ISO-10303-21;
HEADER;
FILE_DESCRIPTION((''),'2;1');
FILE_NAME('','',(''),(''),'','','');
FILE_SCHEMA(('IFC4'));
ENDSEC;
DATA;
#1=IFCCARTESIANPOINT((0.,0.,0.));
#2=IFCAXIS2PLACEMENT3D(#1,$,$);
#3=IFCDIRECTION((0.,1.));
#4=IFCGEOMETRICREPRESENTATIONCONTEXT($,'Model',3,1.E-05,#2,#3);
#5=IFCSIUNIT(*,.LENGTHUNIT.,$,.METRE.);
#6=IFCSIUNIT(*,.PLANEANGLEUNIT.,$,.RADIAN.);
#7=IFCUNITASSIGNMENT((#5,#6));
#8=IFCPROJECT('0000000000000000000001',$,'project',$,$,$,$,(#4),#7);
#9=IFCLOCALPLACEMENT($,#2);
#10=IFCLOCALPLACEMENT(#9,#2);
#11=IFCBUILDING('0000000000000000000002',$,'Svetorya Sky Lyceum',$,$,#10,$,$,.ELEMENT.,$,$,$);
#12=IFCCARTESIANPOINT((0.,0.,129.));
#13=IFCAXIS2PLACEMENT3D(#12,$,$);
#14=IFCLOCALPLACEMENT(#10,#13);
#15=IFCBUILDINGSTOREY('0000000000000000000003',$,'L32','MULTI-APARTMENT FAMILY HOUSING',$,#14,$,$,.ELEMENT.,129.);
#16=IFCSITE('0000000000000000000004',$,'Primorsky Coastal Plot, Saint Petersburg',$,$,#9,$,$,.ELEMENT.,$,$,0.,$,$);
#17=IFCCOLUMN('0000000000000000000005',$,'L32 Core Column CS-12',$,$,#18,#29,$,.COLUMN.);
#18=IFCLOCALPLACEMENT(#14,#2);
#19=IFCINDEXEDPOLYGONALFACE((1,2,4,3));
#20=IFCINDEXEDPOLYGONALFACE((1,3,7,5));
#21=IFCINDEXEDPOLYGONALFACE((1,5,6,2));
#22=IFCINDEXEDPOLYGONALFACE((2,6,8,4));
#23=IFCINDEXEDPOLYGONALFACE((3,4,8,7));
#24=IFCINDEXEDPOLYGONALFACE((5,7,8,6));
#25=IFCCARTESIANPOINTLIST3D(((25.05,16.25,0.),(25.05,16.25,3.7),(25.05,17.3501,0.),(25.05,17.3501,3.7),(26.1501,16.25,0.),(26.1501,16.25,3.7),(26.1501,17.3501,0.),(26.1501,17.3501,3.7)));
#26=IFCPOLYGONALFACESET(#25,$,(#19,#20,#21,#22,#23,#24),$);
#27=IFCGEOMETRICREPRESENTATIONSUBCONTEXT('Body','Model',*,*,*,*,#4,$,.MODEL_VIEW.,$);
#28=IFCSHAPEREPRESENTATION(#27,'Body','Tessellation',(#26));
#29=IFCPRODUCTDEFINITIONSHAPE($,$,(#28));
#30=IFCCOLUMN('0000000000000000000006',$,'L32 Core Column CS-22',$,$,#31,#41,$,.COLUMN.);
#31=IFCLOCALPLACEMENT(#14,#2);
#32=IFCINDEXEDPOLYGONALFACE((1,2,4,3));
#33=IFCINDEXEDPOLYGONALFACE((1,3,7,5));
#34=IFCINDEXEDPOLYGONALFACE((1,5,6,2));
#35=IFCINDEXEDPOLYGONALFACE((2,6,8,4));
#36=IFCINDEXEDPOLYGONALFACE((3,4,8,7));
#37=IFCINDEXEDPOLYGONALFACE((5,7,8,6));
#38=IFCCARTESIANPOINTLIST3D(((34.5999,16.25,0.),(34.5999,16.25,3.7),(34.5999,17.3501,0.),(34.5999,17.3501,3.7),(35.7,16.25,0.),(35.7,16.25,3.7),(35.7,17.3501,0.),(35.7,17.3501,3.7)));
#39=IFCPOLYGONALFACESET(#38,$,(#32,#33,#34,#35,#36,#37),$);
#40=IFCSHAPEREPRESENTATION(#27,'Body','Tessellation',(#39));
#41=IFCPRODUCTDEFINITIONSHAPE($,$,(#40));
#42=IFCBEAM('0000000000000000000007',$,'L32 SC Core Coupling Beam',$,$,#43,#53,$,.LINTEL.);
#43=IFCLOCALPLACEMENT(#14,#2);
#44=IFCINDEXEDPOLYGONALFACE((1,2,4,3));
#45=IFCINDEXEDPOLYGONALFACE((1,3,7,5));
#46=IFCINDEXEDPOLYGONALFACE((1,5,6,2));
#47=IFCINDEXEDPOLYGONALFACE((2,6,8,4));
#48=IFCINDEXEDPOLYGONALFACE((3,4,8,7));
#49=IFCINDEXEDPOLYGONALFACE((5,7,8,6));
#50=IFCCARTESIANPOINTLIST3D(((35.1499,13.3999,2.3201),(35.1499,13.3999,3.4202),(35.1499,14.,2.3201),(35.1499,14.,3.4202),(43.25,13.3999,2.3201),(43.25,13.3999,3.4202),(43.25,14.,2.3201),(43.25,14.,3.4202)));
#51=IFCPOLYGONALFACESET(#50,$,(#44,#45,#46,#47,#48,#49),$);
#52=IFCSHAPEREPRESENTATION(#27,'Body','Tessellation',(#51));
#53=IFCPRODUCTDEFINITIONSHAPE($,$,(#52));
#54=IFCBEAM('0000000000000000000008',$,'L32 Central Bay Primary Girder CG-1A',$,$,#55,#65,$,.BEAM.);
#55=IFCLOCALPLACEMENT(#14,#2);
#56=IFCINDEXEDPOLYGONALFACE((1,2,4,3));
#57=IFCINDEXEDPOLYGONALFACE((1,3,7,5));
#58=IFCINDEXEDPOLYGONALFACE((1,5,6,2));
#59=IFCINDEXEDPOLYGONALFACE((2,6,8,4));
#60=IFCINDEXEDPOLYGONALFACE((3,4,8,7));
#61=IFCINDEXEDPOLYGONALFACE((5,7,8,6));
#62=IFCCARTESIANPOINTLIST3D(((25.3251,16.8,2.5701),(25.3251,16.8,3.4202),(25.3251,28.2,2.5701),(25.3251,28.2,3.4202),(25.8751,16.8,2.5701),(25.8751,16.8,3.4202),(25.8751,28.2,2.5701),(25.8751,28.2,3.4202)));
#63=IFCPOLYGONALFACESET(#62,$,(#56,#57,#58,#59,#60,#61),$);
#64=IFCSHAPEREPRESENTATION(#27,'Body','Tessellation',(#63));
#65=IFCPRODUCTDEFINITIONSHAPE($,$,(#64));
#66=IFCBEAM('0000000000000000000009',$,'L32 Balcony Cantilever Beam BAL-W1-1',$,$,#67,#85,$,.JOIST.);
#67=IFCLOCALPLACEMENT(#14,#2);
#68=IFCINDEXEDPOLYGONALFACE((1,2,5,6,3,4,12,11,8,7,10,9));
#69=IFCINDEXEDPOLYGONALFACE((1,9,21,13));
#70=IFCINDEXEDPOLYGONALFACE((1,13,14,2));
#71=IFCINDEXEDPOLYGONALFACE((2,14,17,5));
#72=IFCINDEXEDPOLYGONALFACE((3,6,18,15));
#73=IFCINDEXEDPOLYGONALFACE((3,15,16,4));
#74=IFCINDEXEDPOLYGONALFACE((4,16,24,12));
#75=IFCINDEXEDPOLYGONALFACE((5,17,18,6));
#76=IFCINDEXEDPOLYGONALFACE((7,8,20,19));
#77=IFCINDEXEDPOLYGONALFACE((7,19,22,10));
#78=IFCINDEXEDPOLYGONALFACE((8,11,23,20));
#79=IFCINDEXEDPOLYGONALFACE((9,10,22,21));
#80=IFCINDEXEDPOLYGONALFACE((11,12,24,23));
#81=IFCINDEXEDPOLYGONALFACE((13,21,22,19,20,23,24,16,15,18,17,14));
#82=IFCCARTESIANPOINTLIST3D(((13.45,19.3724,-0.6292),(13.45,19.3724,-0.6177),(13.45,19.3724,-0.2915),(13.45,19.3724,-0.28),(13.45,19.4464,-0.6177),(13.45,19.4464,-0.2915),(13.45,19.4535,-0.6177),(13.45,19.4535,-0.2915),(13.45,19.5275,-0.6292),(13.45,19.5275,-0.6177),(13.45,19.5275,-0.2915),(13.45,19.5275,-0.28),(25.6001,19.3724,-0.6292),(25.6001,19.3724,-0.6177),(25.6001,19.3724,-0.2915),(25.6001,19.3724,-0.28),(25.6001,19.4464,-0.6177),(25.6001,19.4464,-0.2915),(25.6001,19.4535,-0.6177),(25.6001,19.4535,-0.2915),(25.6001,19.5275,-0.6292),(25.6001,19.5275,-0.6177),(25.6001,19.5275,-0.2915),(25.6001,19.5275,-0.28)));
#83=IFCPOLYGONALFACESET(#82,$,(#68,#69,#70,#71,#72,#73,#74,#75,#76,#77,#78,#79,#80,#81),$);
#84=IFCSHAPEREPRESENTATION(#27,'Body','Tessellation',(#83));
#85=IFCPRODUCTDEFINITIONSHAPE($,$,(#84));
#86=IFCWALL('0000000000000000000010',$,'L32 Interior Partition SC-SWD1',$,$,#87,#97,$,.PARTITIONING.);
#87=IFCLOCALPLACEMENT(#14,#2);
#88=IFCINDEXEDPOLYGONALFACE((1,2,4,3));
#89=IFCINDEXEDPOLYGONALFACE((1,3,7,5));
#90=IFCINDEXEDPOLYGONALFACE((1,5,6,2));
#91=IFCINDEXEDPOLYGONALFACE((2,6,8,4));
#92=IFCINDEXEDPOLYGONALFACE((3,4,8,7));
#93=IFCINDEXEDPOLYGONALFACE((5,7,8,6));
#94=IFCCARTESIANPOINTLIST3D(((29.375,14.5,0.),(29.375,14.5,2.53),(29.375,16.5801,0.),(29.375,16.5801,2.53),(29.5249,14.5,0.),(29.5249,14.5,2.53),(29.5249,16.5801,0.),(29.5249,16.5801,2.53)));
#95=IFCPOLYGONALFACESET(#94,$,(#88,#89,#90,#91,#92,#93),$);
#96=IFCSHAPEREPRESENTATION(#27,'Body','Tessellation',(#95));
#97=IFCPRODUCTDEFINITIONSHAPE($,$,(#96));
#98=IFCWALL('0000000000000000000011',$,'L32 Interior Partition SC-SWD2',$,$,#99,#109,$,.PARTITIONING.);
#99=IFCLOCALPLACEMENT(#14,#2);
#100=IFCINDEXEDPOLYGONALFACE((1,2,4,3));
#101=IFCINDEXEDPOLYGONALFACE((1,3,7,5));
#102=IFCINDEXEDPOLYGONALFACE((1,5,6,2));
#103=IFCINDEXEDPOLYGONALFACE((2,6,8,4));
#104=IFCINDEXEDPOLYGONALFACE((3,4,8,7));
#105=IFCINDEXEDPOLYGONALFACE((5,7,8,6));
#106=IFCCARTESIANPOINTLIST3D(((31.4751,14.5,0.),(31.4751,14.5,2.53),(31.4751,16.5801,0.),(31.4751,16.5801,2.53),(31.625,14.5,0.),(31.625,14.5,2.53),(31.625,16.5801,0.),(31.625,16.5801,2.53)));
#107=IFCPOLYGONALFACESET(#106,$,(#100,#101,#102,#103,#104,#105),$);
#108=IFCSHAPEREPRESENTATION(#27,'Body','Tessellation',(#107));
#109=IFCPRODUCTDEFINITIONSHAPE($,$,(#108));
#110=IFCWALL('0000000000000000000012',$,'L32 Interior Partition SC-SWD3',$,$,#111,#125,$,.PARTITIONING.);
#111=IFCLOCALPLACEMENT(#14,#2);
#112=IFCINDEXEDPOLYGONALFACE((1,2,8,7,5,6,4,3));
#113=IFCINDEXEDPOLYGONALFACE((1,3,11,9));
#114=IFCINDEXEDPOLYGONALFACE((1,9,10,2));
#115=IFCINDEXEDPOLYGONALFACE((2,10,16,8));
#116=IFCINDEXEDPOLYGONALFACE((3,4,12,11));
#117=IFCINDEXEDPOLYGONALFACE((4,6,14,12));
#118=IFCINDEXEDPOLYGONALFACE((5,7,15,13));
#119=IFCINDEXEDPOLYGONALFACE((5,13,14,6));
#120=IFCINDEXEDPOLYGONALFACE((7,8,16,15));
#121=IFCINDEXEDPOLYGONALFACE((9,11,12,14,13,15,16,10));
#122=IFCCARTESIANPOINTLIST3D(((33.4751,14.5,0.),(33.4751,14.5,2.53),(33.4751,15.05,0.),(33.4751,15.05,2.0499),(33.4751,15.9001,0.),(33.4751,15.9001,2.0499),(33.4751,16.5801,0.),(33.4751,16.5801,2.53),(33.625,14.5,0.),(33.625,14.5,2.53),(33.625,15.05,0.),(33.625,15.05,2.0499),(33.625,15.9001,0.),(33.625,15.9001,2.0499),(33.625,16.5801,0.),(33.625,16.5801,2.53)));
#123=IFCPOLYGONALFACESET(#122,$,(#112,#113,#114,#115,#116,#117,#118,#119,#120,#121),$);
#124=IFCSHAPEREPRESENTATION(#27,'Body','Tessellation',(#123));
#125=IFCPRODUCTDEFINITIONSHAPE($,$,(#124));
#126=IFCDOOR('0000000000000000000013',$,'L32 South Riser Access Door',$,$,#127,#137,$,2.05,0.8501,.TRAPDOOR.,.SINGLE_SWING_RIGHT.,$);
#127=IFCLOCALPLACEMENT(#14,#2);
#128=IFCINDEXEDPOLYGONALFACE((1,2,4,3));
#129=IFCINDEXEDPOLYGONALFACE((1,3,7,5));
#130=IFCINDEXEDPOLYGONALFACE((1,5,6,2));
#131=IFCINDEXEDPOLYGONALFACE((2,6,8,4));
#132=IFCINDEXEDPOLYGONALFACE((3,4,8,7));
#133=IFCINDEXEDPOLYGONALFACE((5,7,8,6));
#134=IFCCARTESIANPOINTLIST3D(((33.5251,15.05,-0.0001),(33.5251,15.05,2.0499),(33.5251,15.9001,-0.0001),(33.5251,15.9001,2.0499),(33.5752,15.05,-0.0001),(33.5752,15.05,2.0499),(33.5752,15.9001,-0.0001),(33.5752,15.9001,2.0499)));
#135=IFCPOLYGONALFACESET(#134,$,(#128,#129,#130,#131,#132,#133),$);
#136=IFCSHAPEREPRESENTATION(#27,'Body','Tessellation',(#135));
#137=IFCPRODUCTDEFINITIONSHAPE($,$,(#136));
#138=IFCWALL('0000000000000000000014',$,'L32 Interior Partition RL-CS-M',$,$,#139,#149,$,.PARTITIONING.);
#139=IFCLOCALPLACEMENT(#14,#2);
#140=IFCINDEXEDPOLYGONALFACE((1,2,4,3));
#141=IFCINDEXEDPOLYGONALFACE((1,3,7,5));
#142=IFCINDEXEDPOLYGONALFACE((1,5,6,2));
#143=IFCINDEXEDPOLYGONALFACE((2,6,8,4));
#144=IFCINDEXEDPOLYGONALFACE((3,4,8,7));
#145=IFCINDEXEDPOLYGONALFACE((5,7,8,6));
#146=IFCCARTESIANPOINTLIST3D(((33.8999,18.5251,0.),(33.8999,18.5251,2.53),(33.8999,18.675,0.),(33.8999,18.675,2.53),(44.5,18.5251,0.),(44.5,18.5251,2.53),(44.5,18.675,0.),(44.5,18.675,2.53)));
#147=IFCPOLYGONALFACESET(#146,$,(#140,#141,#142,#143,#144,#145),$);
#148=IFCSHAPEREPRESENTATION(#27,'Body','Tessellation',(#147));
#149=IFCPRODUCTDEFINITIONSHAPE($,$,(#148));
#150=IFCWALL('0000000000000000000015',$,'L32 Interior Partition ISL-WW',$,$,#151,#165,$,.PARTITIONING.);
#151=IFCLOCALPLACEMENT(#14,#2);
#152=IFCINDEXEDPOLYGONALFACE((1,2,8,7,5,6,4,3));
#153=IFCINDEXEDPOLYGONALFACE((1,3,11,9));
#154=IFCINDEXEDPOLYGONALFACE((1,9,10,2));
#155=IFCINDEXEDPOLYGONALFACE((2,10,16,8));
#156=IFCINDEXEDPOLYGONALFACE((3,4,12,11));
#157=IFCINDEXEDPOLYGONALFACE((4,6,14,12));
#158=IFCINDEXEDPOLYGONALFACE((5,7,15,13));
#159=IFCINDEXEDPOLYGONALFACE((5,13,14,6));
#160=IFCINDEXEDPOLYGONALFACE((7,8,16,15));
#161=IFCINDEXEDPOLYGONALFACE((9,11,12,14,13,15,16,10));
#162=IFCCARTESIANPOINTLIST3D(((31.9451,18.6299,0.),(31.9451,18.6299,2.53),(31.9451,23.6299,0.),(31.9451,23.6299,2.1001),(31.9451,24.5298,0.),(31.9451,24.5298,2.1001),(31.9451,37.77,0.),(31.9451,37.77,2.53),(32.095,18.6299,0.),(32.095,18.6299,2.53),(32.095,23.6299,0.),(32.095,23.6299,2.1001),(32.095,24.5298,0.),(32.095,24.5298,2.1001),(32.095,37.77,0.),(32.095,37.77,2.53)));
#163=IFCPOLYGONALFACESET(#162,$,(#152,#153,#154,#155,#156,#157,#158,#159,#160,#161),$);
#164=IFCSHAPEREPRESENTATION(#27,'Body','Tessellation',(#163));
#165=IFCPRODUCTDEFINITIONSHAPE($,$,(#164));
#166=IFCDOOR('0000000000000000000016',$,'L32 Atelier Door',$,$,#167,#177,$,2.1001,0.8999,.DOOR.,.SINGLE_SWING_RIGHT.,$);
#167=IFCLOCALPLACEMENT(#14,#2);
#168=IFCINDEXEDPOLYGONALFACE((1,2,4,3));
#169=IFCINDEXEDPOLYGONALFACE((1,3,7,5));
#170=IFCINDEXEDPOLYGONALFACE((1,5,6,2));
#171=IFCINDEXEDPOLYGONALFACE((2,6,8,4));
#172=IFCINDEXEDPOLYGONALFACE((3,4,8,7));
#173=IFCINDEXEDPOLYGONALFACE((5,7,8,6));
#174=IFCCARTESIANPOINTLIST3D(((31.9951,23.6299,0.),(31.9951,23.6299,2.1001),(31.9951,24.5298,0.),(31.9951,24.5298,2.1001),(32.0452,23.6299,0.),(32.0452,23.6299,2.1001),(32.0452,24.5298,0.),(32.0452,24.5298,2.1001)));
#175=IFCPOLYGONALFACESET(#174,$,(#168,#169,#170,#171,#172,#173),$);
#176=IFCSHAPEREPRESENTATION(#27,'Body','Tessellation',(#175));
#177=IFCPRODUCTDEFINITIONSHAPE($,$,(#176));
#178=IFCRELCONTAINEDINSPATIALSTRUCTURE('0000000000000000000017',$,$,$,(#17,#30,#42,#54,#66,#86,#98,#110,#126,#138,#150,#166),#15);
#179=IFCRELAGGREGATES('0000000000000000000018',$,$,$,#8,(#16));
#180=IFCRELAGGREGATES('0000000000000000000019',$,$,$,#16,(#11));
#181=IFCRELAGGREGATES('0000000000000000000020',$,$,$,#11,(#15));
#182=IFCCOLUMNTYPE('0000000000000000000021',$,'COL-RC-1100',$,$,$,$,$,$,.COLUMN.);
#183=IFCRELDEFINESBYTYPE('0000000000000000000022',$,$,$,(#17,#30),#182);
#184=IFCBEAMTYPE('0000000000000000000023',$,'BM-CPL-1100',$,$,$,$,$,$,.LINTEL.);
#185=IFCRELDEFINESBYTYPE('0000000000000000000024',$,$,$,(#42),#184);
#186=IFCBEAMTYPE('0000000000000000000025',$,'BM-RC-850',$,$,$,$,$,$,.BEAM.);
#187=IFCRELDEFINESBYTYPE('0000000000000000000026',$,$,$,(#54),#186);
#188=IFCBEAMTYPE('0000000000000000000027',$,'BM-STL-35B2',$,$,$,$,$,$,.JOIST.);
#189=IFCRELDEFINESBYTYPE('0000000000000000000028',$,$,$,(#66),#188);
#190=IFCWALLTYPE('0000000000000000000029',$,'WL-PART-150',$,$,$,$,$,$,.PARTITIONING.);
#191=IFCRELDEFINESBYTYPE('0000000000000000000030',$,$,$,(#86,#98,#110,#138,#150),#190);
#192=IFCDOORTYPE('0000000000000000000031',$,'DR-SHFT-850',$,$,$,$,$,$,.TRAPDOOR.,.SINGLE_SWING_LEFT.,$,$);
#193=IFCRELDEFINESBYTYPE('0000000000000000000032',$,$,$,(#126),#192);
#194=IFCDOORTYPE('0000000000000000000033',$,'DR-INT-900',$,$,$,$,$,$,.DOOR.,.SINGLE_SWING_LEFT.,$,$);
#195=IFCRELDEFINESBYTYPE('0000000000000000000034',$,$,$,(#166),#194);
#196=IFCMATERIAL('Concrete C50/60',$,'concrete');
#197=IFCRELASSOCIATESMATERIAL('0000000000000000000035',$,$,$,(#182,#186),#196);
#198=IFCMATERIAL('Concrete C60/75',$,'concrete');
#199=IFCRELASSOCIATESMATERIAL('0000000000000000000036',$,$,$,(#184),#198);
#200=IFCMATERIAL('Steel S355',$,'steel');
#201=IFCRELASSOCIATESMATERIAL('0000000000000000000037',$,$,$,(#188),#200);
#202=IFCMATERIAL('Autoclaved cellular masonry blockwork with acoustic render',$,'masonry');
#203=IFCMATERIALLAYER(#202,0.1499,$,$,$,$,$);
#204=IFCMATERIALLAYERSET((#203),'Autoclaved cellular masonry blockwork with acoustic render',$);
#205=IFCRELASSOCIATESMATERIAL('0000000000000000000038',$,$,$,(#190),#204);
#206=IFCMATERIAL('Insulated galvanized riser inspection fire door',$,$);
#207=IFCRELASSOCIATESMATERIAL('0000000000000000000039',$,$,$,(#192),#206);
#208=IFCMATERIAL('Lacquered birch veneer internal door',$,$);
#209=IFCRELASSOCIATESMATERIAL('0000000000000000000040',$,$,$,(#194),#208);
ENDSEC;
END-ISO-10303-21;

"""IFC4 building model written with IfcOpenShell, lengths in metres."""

from ifc_helpers import new_model, si_unit, direction, frame, frame_2d, origin, origin_2d, place, context, subcontext, project, spatial, rectangle, i_section, extrude, material, layer, layer_set, material_profile, profile_set, type_object, element, fill, save


model = new_model("IFC4")

# Units and contexts
model_context = context("Model", 3, precision=1e-05, world=origin(), true_north=direction((0.0, 1.0)))
body_context = subcontext(model_context, "Body", "Model", "MODEL_VIEW")
ifc_project = project(units=[si_unit("LENGTHUNIT", "METRE"), si_unit("PLANEANGLEUNIT", "RADIAN")], contexts=[model_context])

# Site, building, storey
site_placement = place(None, origin())
site = spatial("IfcSite", under=ifc_project, at=site_placement, Name="Primorsky Coastal Plot, Saint Petersburg", CompositionType="ELEMENT", RefElevation=0.0)
building_placement = place(site_placement, origin())
building = spatial("IfcBuilding", under=site, at=building_placement, Name="Svetorya Sky Lyceum", CompositionType="ELEMENT")
storey_placement = place(building_placement, frame((0.0, 0.0, 129.0)))
storey = spatial("IfcBuildingStorey", under=building, at=storey_placement, Name="L32", Description="MULTI-APARTMENT FAMILY HOUSING", CompositionType="ELEMENT", Elevation=129.0)

# Columns
ifc_material_1 = material(Name="Concrete C50/60", Category="concrete")
ifc_material_profile_1 = material_profile(ifc_material_1, rectangle(XDim=1.1001, YDim=1.1001, at=origin_2d()), Name="RC COL 1100x1100")
ifc_profile_set_1 = profile_set([ifc_material_profile_1], Name="Concrete C50/60")
column_type = type_object("IfcColumnType", Name="COL-RC-1100", PredefinedType="COLUMN", material=ifc_profile_set_1)
for number, where, z_axis, x_axis, name in (
    (1, (25.6001, 16.8, 0.0), (0.0, 0.0, 1.0), (1.0, 0.0, 0.0), "L32 Core Column CS-12"),
    (2, (35.1499, 16.8, 0.0), (0.0, 0.0, 1.0), (1.0, 0.0, 0.0), "L32 Core Column CS-22"),
):
    element("IfcColumn", number, at=place(storey_placement, frame(where, z_axis=z_axis, x_axis=x_axis)), inside=storey, type_object=column_type, Name=name, PredefinedType="COLUMN", context=body_context, shape_type="SweptSolid", body=[
        extrude(rectangle(XDim=1.1001, YDim=1.1001, at=origin_2d()), origin(), (0.0, 0.0, 1.0), 3.7),
    ])

# Beams
ifc_material_2 = material(Name="Concrete C60/75", Category="concrete")
ifc_material_profile_2 = material_profile(ifc_material_2, rectangle(XDim=0.6001, YDim=1.1001, at=origin_2d()), Name="RC COUPLING 600x1100")
ifc_profile_set_2 = profile_set([ifc_material_profile_2], Name="Concrete C60/75")
beam_type_1 = type_object("IfcBeamType", Name="BM-CPL-1100", PredefinedType="LINTEL", material=ifc_profile_set_2)
beam_1_placement = place(storey_placement, frame((35.1499, 13.7, 2.8701), z_axis=(1.0, 0.0, 0.0), x_axis=(0.0, 1.0, 0.0)))
element("IfcBeam", 3, at=beam_1_placement, inside=storey, type_object=beam_type_1, Name="L32 SC Core Coupling Beam", PredefinedType="LINTEL", context=body_context, shape_type="SweptSolid", body=[
    extrude(rectangle(XDim=0.6001, YDim=1.1001, at=origin_2d()), origin(), (0.0, 0.0, 1.0), 8.1001),
])
ifc_material_profile_3 = material_profile(ifc_material_1, rectangle(XDim=0.55, YDim=0.8501, at=origin_2d()), Name="RC BEAM 550x850")
ifc_profile_set_3 = profile_set([ifc_material_profile_3], Name="Concrete C50/60")
beam_type_2 = type_object("IfcBeamType", Name="BM-RC-850", PredefinedType="BEAM", material=ifc_profile_set_3)
beam_2_placement = place(storey_placement, frame((25.6001, 16.8, 2.9951), z_axis=(0.0, 1.0, 0.0), x_axis=(-1.0, 0.0, 0.0)))
element("IfcBeam", 4, at=beam_2_placement, inside=storey, type_object=beam_type_2, Name="L32 Central Bay Primary Girder CG-1A", PredefinedType="BEAM", context=body_context, shape_type="SweptSolid", body=[
    extrude(rectangle(XDim=0.55, YDim=0.8501, at=origin_2d()), origin(), (0.0, 0.0, 1.0), 11.3999),
])
ifc_material_3 = material(Name="Steel S355", Category="steel")
ifc_material_profile_4 = material_profile(ifc_material_3, i_section(OverallWidth=0.155, OverallDepth=0.3491, WebThickness=0.0071, FlangeThickness=0.0115, at=origin_2d()), Name="GOST 35B2")
ifc_profile_set_4 = profile_set([ifc_material_profile_4], Name="Steel S355")
beam_type_3 = type_object("IfcBeamType", Name="BM-STL-35B2", PredefinedType="JOIST", material=ifc_profile_set_4)
beam_3_placement = place(storey_placement, frame((25.6001, 19.45, -0.4546), z_axis=(-1.0, 0.0, 0.0), x_axis=(0.0, -1.0, 0.0)))
element("IfcBeam", 5, at=beam_3_placement, inside=storey, type_object=beam_type_3, Name="L32 Balcony Cantilever Beam BAL-W1-1", PredefinedType="JOIST", context=body_context, shape_type="SweptSolid", body=[
    extrude(i_section(OverallWidth=0.155, OverallDepth=0.3491, WebThickness=0.0071, FlangeThickness=0.0115, at=origin_2d()), origin(), (0.0, 0.0, 1.0), 12.1501),
])

# Walls
ifc_material_4 = material(Name="Autoclaved cellular masonry blockwork with acoustic render", Category="masonry")
ifc_layer_1 = layer(ifc_material_4, 0.1499)
ifc_layer_set_1 = layer_set([ifc_layer_1], Name="Autoclaved cellular masonry blockwork with acoustic render")
wall_type_1 = type_object("IfcWallType", Name="WL-PART-150", PredefinedType="PARTITIONING", material=ifc_layer_set_1)
for number, where, z_axis, x_axis, name in (
    (6, (29.45, 14.5, 0.0), (0.0, 0.0, 1.0), (0.0, 1.0, 0.0), "L32 Interior Partition SC-SWD1"),
    (7, (31.55, 14.5, 0.0), (0.0, 0.0, 1.0), (0.0, 1.0, 0.0), "L32 Interior Partition SC-SWD2"),
):
    element("IfcWall", number, at=place(storey_placement, frame(where, z_axis=z_axis, x_axis=x_axis)), inside=storey, type_object=wall_type_1, Name=name, PredefinedType="PARTITIONING", context=body_context, shape_type="SweptSolid", body=[
        extrude(rectangle(XDim=2.0801, YDim=0.1499, at=frame_2d((1.04, 0.0))), origin(), (0.0, 0.0, 1.0), 2.53),
    ])

# Wall, opening, door
wall_1_placement = place(storey_placement, frame((33.55, 14.5, 0.0), z_axis=(0.0, 0.0, 1.0), x_axis=(0.0, 1.0, 0.0)))
wall_1 = element("IfcWall", 8, at=wall_1_placement, inside=storey, type_object=wall_type_1, Name="L32 Interior Partition SC-SWD3", PredefinedType="PARTITIONING", context=body_context, shape_type="SweptSolid", body=[
    extrude(rectangle(XDim=2.0801, YDim=0.1499, at=frame_2d((1.04, 0.0))), origin(), (0.0, 0.0, 1.0), 2.53),
])
opening_1_placement = place(wall_1_placement, frame((0.55, 0.0, 0.0)))
opening_1 = element("IfcOpeningElement", 9, at=opening_1_placement, cuts=wall_1, PredefinedType="OPENING", context=body_context, shape_type="SweptSolid", body=[
    extrude(rectangle(XDim=0.8501, YDim=2.05, at=frame_2d((0.425, 1.0249))), frame((0.0, 0.085, 0.0), z_axis=(0.0, -1.0, 0.0), x_axis=(1.0, 0.0, 0.0)), (0.0, 0.0, 1.0), 0.1699),
])
ifc_material_5 = material(Name="Insulated galvanized riser inspection fire door")
door_type_1 = type_object("IfcDoorType", Name="DR-SHFT-850", OperationType="SINGLE_SWING_LEFT", PredefinedType="TRAPDOOR", material=ifc_material_5)
door_1_placement = place(opening_1_placement, origin())
door_1 = element("IfcDoor", 10, at=door_1_placement, inside=storey, type_object=door_type_1, Name="L32 South Riser Access Door", OperationType="SINGLE_SWING_RIGHT", OverallHeight=2.05, OverallWidth=0.8501, PredefinedType="TRAPDOOR", context=body_context, shape_type="SweptSolid", body=[
    extrude(rectangle(XDim=0.8501, YDim=2.05, at=frame_2d((0.425, 1.0249))), frame((0.0, 0.0249, 0.0), z_axis=(0.0, -1.0, 0.0), x_axis=(1.0, 0.0, 0.0)), (0.0, 0.0, 1.0), 0.05),
])
fill(opening_1, door_1)

# Wall
wall_2_placement = place(storey_placement, frame((33.8999, 18.6001, 0.0), z_axis=(0.0, 0.0, 1.0), x_axis=(1.0, 0.0, 0.0)))
element("IfcWall", 11, at=wall_2_placement, inside=storey, type_object=wall_type_1, Name="L32 Interior Partition RL-CS-M", PredefinedType="PARTITIONING", context=body_context, shape_type="SweptSolid", body=[
    extrude(rectangle(XDim=10.6001, YDim=0.1499, at=frame_2d((5.3, 0.0))), origin(), (0.0, 0.0, 1.0), 2.53),
])

# Wall, opening, door
wall_3_placement = place(storey_placement, frame((32.02, 18.6299, 0.0), z_axis=(0.0, 0.0, 1.0), x_axis=(0.0, 1.0, 0.0)))
wall_3 = element("IfcWall", 12, at=wall_3_placement, inside=storey, type_object=wall_type_1, Name="L32 Interior Partition ISL-WW", PredefinedType="PARTITIONING", context=body_context, shape_type="SweptSolid", body=[
    extrude(rectangle(XDim=19.1401, YDim=0.1499, at=frame_2d((9.5701, 0.0))), origin(), (0.0, 0.0, 1.0), 2.53),
])
opening_2_placement = place(wall_3_placement, frame((5.0, 0.0, 0.0)))
opening_2 = element("IfcOpeningElement", 13, at=opening_2_placement, cuts=wall_3, PredefinedType="OPENING", context=body_context, shape_type="SweptSolid", body=[
    extrude(rectangle(XDim=0.8999, YDim=2.1001, at=frame_2d((0.45, 1.05))), frame((0.0, 0.085, 0.0), z_axis=(0.0, -1.0, 0.0), x_axis=(1.0, 0.0, 0.0)), (0.0, 0.0, 1.0), 0.1699),
])
ifc_material_6 = material(Name="Lacquered birch veneer internal door")
door_type_2 = type_object("IfcDoorType", Name="DR-INT-900", OperationType="SINGLE_SWING_LEFT", PredefinedType="DOOR", material=ifc_material_6)
door_2_placement = place(opening_2_placement, origin())
door_2 = element("IfcDoor", 14, at=door_2_placement, inside=storey, type_object=door_type_2, Name="L32 Atelier Door", OperationType="SINGLE_SWING_RIGHT", OverallHeight=2.1001, OverallWidth=0.8999, PredefinedType="DOOR", context=body_context, shape_type="SweptSolid", body=[
    extrude(rectangle(XDim=0.8999, YDim=2.1001, at=frame_2d((0.45, 1.05))), frame((0.0, 0.0249, 0.0), z_axis=(0.0, -1.0, 0.0), x_axis=(1.0, 0.0, 0.0)), (0.0, 0.0, 1.0), 0.05),
])
fill(opening_2, door_2)

save(model, "model.ifc")
